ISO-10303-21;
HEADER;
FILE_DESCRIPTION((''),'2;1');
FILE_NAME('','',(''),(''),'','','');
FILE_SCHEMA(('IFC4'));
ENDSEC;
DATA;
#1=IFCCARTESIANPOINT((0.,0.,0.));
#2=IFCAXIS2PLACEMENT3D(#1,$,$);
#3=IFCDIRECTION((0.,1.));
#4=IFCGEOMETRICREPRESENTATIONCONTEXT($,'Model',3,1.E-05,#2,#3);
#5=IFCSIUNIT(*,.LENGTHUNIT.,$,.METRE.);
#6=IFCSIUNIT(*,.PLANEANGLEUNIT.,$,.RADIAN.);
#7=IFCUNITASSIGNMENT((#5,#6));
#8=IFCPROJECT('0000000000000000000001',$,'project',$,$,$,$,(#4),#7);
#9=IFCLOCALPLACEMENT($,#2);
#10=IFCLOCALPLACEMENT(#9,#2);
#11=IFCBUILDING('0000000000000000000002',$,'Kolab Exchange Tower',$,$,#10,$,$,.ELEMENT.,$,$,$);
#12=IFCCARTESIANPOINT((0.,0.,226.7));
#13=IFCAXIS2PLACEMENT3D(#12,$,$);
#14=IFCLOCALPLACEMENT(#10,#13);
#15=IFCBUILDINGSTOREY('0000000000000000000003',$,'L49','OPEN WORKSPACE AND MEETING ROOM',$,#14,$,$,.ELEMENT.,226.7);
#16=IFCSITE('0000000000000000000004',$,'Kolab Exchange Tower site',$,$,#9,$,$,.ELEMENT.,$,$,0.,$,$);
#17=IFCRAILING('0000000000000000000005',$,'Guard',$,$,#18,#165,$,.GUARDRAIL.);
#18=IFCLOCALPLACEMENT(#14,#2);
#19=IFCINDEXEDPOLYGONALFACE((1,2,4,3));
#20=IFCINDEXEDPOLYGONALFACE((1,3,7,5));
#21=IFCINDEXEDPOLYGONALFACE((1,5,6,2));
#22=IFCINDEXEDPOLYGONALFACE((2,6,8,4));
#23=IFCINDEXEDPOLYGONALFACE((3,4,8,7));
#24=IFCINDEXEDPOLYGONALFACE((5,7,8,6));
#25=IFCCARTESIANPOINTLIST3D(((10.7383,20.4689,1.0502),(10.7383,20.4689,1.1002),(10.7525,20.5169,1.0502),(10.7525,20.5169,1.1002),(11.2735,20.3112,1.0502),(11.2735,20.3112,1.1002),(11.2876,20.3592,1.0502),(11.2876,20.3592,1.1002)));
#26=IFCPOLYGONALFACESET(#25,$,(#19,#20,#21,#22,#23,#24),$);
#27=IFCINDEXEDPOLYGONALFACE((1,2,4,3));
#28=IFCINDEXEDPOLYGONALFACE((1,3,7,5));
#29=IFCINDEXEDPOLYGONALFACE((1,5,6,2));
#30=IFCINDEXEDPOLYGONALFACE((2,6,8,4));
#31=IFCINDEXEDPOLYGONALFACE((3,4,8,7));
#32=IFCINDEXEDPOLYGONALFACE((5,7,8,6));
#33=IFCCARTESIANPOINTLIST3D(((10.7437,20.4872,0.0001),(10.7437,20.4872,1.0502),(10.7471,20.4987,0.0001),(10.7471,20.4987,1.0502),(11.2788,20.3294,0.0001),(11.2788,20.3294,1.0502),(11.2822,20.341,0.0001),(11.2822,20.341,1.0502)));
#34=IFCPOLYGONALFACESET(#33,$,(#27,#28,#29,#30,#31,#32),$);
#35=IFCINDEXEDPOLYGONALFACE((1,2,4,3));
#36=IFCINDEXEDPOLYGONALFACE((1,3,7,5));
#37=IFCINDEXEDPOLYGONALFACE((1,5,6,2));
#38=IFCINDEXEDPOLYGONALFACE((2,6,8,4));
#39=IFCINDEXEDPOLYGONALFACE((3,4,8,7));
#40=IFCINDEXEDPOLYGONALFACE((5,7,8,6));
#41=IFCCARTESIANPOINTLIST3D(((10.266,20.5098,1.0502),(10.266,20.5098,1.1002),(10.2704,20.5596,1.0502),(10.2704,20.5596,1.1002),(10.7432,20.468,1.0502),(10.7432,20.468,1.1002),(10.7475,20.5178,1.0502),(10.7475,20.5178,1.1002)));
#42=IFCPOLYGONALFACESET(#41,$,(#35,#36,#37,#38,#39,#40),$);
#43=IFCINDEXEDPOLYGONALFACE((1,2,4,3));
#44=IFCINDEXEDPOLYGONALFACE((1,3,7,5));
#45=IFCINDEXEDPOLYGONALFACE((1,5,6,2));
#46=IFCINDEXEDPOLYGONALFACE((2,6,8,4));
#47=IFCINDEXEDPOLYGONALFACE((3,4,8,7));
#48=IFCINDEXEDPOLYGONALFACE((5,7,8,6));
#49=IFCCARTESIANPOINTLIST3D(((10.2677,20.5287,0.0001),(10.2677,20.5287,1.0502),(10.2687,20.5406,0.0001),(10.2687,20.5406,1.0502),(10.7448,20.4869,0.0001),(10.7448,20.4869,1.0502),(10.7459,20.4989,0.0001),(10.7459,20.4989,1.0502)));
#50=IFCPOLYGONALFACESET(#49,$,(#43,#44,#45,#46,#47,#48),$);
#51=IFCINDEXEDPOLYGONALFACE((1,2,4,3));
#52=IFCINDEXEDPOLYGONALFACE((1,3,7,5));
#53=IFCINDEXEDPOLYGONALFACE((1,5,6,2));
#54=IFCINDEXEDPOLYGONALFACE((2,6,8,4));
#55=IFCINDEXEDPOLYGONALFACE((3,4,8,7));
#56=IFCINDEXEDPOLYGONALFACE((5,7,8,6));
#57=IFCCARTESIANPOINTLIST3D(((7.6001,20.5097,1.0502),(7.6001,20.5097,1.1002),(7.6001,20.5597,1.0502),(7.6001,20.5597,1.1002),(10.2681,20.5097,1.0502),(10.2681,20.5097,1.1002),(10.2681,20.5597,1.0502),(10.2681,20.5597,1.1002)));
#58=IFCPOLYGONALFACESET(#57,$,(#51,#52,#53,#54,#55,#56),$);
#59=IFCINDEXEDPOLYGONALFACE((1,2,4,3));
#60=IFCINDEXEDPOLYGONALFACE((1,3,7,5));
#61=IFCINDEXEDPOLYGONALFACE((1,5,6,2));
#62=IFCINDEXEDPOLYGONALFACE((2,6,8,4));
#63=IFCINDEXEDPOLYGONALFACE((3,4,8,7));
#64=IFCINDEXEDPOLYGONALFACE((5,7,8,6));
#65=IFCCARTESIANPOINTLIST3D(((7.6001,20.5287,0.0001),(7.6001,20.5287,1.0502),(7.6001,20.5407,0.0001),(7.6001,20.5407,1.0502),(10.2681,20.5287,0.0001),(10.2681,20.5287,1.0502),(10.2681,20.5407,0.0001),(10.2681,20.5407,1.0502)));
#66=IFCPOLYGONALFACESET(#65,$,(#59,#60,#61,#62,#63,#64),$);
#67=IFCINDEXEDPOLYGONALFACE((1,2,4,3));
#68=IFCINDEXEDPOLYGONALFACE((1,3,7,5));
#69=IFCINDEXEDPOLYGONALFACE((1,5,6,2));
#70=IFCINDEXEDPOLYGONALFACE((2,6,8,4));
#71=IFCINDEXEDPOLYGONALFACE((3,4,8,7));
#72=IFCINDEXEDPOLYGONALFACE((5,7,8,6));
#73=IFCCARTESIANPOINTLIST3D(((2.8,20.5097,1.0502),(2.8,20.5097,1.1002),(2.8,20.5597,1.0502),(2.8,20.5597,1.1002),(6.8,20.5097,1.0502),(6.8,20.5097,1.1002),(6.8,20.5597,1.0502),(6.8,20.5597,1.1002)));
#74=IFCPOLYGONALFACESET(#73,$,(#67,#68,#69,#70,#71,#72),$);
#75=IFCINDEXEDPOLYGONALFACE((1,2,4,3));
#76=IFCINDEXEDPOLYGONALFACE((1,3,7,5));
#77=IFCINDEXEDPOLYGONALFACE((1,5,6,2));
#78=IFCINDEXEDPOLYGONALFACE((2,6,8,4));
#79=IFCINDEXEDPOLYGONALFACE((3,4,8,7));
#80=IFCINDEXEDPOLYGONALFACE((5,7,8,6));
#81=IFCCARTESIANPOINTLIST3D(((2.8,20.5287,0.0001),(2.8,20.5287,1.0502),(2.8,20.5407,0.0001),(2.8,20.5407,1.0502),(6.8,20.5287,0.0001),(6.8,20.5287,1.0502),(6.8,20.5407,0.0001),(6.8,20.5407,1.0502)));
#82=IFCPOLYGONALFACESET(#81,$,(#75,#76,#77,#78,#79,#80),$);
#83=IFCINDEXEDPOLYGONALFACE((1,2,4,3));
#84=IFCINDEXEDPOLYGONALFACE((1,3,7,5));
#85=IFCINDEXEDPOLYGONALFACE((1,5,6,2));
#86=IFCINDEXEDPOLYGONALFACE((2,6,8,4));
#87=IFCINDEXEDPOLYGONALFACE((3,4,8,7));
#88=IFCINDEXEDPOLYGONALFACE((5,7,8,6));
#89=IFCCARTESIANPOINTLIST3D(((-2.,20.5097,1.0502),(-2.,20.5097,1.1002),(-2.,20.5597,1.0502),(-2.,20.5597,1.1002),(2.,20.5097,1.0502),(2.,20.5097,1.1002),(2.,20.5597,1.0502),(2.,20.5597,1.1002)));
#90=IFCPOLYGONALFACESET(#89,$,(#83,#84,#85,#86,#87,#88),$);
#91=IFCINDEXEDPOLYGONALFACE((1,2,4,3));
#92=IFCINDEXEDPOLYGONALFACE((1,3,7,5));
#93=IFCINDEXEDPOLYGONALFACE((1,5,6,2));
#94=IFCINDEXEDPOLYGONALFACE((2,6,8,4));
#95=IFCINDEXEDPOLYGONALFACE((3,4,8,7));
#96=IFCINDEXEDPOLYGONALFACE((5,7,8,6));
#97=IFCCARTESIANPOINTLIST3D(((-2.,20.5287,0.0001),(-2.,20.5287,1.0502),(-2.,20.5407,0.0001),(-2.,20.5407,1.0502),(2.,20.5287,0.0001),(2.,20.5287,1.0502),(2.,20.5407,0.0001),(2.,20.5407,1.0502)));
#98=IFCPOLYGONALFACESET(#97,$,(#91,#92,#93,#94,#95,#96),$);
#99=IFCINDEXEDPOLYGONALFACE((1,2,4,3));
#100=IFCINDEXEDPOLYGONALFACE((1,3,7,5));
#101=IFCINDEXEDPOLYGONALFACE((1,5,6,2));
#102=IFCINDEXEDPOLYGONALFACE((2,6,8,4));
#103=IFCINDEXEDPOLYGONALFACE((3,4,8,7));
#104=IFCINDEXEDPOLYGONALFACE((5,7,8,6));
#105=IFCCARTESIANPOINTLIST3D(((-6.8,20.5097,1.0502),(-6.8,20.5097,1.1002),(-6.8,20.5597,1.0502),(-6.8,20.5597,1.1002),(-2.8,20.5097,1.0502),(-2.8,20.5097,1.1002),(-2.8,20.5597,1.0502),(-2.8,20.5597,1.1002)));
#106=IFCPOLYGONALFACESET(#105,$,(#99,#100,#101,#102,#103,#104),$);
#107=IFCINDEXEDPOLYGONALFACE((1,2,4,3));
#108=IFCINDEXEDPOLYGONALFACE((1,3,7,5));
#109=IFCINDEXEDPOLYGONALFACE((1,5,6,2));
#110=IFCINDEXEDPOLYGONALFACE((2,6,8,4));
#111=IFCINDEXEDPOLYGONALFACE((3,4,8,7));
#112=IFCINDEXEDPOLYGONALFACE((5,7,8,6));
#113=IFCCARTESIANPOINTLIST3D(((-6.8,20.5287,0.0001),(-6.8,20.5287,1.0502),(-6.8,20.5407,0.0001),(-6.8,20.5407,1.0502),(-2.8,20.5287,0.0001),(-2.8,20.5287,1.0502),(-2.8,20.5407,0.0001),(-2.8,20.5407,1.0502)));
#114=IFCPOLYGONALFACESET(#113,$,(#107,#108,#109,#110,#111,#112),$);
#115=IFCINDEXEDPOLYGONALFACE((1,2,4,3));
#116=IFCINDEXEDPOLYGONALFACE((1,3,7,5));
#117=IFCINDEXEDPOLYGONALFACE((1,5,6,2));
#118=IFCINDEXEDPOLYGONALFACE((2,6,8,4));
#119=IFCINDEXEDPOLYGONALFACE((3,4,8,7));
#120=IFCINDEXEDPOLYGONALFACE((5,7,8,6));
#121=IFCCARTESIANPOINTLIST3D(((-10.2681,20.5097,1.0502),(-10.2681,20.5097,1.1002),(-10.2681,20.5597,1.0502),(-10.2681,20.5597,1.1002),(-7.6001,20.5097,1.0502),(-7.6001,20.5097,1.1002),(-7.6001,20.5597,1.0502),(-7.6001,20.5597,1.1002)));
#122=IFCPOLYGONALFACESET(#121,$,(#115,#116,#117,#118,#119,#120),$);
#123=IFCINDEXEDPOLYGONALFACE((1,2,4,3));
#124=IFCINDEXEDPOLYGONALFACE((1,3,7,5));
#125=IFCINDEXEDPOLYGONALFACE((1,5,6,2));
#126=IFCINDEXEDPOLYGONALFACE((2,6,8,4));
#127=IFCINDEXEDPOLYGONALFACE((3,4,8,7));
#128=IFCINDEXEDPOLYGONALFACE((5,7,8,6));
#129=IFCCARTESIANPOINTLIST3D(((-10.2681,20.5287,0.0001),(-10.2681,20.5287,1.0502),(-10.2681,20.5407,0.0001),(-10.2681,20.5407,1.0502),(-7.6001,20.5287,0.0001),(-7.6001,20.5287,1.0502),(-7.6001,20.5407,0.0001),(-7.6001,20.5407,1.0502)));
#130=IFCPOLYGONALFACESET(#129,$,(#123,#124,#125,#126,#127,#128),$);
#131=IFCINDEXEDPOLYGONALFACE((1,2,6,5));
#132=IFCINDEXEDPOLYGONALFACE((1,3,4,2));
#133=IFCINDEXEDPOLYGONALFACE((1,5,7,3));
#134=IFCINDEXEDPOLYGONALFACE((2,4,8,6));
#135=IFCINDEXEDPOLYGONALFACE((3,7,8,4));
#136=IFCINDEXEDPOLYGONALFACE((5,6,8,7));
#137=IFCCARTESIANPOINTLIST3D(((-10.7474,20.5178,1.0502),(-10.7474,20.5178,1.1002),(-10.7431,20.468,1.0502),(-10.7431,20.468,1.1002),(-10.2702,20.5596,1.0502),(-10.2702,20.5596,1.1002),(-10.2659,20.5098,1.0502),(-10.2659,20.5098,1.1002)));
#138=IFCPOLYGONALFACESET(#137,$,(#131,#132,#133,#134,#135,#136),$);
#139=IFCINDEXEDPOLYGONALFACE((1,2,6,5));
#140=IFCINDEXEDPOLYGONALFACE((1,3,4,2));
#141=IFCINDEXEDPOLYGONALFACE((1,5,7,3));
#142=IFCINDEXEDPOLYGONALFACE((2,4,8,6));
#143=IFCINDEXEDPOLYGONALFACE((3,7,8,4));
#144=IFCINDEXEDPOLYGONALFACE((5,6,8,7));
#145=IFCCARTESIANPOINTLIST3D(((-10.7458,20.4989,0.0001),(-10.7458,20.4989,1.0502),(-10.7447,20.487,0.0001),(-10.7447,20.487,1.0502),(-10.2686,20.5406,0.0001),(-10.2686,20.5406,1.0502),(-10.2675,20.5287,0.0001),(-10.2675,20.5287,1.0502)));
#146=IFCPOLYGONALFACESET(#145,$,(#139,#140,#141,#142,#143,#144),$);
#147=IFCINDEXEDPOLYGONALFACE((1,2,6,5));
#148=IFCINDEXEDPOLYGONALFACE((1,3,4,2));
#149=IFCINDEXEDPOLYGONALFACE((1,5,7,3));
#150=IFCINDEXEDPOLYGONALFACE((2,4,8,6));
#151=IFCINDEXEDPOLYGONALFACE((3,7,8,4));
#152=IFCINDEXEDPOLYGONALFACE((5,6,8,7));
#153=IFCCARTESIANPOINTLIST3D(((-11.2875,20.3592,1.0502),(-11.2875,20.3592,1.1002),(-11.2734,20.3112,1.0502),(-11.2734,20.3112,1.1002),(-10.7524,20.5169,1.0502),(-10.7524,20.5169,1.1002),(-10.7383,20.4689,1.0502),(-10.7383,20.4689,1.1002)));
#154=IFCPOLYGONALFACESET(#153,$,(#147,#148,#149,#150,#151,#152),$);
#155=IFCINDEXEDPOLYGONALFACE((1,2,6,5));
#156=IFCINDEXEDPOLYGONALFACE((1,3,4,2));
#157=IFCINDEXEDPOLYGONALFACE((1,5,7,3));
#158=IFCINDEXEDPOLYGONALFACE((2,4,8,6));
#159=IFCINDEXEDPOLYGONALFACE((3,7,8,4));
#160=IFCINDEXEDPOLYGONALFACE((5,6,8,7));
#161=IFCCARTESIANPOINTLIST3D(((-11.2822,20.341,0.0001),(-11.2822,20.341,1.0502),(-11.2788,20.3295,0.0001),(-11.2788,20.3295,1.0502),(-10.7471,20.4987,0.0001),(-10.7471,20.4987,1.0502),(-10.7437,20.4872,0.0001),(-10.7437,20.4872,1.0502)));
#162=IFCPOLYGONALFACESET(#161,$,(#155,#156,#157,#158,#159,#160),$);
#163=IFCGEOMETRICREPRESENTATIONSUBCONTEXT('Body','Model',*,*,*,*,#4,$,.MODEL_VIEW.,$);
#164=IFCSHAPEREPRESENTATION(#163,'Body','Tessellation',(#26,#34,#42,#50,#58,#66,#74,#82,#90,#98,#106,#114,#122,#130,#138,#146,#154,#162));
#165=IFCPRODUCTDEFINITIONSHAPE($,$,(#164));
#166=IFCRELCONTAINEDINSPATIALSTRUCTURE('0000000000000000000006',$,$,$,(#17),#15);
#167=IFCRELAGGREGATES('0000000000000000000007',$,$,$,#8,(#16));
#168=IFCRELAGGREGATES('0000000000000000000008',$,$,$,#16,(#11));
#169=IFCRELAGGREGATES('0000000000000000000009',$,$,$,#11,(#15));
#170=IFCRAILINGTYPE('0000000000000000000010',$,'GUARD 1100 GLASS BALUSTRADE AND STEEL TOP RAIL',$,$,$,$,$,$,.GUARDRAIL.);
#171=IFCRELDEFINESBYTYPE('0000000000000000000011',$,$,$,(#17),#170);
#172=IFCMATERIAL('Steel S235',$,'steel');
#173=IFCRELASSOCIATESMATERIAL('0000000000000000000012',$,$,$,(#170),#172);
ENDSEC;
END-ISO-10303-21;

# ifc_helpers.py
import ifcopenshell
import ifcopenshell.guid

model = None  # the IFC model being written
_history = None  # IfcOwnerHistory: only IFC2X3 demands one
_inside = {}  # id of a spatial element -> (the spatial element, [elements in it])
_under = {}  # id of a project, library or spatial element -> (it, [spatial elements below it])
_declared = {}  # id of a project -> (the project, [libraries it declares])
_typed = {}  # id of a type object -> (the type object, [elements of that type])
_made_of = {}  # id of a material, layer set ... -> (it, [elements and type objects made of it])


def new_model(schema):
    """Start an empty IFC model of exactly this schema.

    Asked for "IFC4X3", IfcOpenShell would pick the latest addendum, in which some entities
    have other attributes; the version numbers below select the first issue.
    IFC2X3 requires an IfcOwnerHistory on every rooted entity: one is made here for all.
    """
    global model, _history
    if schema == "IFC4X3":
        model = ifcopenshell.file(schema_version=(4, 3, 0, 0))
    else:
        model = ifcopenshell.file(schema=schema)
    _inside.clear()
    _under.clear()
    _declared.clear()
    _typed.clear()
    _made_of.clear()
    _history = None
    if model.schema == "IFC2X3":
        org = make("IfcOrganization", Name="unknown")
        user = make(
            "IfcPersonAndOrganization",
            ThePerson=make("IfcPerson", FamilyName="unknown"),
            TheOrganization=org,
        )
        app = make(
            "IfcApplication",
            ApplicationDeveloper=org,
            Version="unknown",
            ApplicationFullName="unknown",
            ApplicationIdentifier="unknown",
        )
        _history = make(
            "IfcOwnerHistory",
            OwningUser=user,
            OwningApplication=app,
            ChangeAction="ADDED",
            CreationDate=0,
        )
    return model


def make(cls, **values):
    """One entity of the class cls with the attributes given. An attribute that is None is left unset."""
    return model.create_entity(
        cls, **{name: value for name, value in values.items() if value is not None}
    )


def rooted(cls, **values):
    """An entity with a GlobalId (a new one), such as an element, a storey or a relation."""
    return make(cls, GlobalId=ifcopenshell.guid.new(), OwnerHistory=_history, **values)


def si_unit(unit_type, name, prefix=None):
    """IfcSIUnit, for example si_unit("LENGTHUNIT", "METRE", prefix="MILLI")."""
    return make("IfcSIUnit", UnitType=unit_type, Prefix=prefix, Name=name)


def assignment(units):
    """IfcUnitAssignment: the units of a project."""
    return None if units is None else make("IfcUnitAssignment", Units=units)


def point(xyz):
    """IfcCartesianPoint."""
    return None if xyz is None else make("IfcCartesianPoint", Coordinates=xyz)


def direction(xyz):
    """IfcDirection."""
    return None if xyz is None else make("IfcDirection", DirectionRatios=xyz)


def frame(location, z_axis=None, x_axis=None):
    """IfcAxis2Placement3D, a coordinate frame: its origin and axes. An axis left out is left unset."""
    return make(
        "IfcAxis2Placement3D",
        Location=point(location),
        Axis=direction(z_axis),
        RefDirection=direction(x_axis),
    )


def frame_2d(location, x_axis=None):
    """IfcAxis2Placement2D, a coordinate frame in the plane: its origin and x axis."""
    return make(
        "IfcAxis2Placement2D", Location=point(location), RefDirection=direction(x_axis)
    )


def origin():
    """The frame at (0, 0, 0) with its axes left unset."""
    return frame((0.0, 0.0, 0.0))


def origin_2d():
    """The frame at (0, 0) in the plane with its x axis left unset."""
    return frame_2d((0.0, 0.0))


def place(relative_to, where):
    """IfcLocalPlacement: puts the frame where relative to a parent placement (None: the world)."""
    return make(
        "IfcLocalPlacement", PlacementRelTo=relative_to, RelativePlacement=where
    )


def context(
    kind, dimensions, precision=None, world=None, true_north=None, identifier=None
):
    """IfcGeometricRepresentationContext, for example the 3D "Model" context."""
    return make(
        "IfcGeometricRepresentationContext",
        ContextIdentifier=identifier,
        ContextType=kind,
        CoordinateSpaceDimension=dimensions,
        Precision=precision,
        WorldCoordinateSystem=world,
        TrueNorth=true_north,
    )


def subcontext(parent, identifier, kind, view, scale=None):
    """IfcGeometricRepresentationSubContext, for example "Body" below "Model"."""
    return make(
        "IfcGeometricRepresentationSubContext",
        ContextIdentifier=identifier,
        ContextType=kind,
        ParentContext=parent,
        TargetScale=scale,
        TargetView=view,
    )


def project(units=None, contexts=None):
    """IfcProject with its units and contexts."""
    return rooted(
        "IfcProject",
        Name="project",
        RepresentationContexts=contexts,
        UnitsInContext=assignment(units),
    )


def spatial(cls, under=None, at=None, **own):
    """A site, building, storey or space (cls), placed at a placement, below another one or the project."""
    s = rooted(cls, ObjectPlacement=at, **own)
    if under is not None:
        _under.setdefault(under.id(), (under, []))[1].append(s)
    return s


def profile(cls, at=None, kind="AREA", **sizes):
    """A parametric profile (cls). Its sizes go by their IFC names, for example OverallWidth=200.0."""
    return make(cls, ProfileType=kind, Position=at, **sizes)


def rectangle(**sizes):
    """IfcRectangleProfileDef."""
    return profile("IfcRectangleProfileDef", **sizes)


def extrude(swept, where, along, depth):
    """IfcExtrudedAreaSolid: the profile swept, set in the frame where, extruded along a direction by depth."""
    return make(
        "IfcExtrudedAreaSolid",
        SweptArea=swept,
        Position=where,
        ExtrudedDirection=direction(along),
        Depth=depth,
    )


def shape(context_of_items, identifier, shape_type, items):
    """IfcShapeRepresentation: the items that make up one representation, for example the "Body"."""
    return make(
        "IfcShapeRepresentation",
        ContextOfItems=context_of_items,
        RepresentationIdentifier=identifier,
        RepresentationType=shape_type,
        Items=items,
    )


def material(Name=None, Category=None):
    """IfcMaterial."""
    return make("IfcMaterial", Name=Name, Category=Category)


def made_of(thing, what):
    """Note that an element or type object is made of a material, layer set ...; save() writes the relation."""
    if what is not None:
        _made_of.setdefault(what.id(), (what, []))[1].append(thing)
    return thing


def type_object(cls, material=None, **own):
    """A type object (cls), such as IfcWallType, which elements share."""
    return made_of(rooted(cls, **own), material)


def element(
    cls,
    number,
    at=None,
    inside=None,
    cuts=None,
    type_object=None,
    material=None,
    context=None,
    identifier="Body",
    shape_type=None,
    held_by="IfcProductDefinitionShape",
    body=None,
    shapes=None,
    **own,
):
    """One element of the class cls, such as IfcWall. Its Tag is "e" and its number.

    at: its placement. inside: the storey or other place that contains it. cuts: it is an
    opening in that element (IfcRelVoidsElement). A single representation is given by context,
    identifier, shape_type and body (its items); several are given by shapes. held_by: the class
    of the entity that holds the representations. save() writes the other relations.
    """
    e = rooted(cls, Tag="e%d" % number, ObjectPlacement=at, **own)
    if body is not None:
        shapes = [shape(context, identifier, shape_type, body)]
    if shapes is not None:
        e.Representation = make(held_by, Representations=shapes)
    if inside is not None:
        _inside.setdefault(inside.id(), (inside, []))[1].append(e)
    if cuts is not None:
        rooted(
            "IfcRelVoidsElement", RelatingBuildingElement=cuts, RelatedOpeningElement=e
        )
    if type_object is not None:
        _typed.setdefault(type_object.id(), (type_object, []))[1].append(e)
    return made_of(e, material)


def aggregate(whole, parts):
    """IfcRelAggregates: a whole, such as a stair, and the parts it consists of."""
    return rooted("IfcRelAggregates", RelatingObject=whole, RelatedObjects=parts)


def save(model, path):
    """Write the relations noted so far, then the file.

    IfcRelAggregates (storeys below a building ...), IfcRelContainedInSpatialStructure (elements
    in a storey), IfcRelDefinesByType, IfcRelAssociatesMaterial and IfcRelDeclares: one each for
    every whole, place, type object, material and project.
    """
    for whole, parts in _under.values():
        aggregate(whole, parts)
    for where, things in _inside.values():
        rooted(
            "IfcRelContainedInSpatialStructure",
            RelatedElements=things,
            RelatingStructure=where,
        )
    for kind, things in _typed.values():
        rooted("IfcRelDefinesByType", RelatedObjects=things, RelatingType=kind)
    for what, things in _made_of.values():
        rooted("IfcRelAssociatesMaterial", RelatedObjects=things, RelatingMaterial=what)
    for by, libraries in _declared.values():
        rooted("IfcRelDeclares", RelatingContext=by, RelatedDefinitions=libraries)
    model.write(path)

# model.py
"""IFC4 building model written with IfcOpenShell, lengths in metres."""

from ifc_helpers import new_model, si_unit, direction, frame, frame_2d, origin, origin_2d, place, context, subcontext, project, spatial, rectangle, extrude, material, type_object, element, save


model = new_model("IFC4")

# Units and contexts
model_context = context("Model", 3, precision=1e-05, world=origin(), true_north=direction((0.0, 1.0)))
body_context = subcontext(model_context, "Body", "Model", "MODEL_VIEW")
ifc_project = project(units=[si_unit("LENGTHUNIT", "METRE"), si_unit("PLANEANGLEUNIT", "RADIAN")], contexts=[model_context])

# Site, building, storey
site_placement = place(None, origin())
site = spatial("IfcSite", under=ifc_project, at=site_placement, Name="Kolab Exchange Tower site", CompositionType="ELEMENT", RefElevation=0.0)
building_placement = place(site_placement, origin())
building = spatial("IfcBuilding", under=site, at=building_placement, Name="Kolab Exchange Tower", CompositionType="ELEMENT")
storey_placement = place(building_placement, frame((0.0, 0.0, 226.7)))
storey = spatial("IfcBuildingStorey", under=building, at=storey_placement, Name="L49", Description="OPEN WORKSPACE AND MEETING ROOM", CompositionType="ELEMENT", Elevation=226.7)

# Railing
ifc_material_1 = material(Name="Steel S235", Category="steel")
railing_type = type_object("IfcRailingType", Name="GUARD 1100 GLASS BALUSTRADE AND STEEL TOP RAIL", PredefinedType="GUARDRAIL", material=ifc_material_1)
railing_placement = place(storey_placement, frame((11.2805, 20.3352, 0.0)))
element("IfcRailing", 1, at=railing_placement, inside=storey, type_object=railing_type, Name="Guard", PredefinedType="GUARDRAIL", context=body_context, shape_type="SweptSolid", body=[
    extrude(rectangle(XDim=0.05, YDim=0.05, at=origin_2d()), frame((0.0, 0.0, 1.0752), z_axis=(-0.959212, 0.282687, 0.0), x_axis=(-0.282687, -0.959212, 0.0)), (0.0, 0.0, 1.0), 0.5579),
    extrude(rectangle(XDim=0.012, YDim=1.0501, at=frame_2d((0.0, 0.5251))), frame((0.0, 0.0, 0.0), z_axis=(-0.959212, 0.282687, 0.0), x_axis=(-0.282687, -0.959212, 0.0)), (0.0, 0.0, 1.0), 0.5579),
    extrude(rectangle(XDim=0.05, YDim=0.05, at=origin_2d()), frame((-0.5352, 0.1577, 1.0752), z_axis=(-0.996196, 0.087135, 0.0), x_axis=(-0.087135, -0.996196, 0.0)), (0.0, 0.0, 1.0), 0.479),
    extrude(rectangle(XDim=0.012, YDim=1.0501, at=frame_2d((0.0, 0.5251))), frame((-0.5352, 0.1577, 0.0), z_axis=(-0.996196, 0.087135, 0.0), x_axis=(-0.087135, -0.996196, 0.0)), (0.0, 0.0, 1.0), 0.479),
    extrude(rectangle(XDim=0.05, YDim=0.05, at=origin_2d()), frame((-1.0125, 0.1995, 1.0752), z_axis=(-1.0, 0.0, 0.0), x_axis=(0.0, -1.0, 0.0)), (0.0, 0.0, 1.0), 2.668),
    extrude(rectangle(XDim=0.012, YDim=1.0501, at=frame_2d((0.0, 0.5251))), frame((-1.0125, 0.1995, 0.0), z_axis=(-1.0, 0.0, 0.0), x_axis=(0.0, -1.0, 0.0)), (0.0, 0.0, 1.0), 2.668),
    extrude(rectangle(XDim=0.05, YDim=0.05, at=origin_2d()), frame((-4.4805, 0.1995, 1.0752), z_axis=(-1.0, 0.0, 0.0), x_axis=(0.0, -1.0, 0.0)), (0.0, 0.0, 1.0), 4.0),
    extrude(rectangle(XDim=0.012, YDim=1.0501, at=frame_2d((0.0, 0.5251))), frame((-4.4805, 0.1995, 0.0), z_axis=(-1.0, 0.0, 0.0), x_axis=(0.0, -1.0, 0.0)), (0.0, 0.0, 1.0), 4.0),
    extrude(rectangle(XDim=0.05, YDim=0.05, at=origin_2d()), frame((-9.2805, 0.1995, 1.0752), z_axis=(-1.0, 0.0, 0.0), x_axis=(0.0, -1.0, 0.0)), (0.0, 0.0, 1.0), 4.0),
    extrude(rectangle(XDim=0.012, YDim=1.0501, at=frame_2d((0.0, 0.5251))), frame((-9.2805, 0.1995, 0.0), z_axis=(-1.0, 0.0, 0.0), x_axis=(0.0, -1.0, 0.0)), (0.0, 0.0, 1.0), 4.0),
    extrude(rectangle(XDim=0.05, YDim=0.05, at=origin_2d()), frame((-14.0806, 0.1995, 1.0752), z_axis=(-1.0, 0.0, 0.0), x_axis=(0.0, -1.0, 0.0)), (0.0, 0.0, 1.0), 4.0),
    extrude(rectangle(XDim=0.012, YDim=1.0501, at=frame_2d((0.0, 0.5251))), frame((-14.0806, 0.1995, 0.0), z_axis=(-1.0, 0.0, 0.0), x_axis=(0.0, -1.0, 0.0)), (0.0, 0.0, 1.0), 4.0),
    extrude(rectangle(XDim=0.05, YDim=0.05, at=origin_2d()), frame((-18.8806, 0.1995, 1.0752), z_axis=(-1.0, 0.0, 0.0), x_axis=(0.0, -1.0, 0.0)), (0.0, 0.0, 1.0), 2.668),
    extrude(rectangle(XDim=0.012, YDim=1.0501, at=frame_2d((0.0, 0.5251))), frame((-18.8806, 0.1995, 0.0), z_axis=(-1.0, 0.0, 0.0), x_axis=(0.0, -1.0, 0.0)), (0.0, 0.0, 1.0), 2.668),
    extrude(rectangle(XDim=0.05, YDim=0.05, at=origin_2d()), frame((-21.5486, 0.1995, 1.0752), z_axis=(-0.996196, -0.087135, 0.0), x_axis=(0.087135, -0.996196, 0.0)), (0.0, 0.0, 1.0), 0.479),
    extrude(rectangle(XDim=0.012, YDim=1.0501, at=frame_2d((0.0, 0.5251))), frame((-21.5486, 0.1995, 0.0), z_axis=(-0.996196, -0.087135, 0.0), x_axis=(0.087135, -0.996196, 0.0)), (0.0, 0.0, 1.0), 0.479),
    extrude(rectangle(XDim=0.05, YDim=0.05, at=origin_2d()), frame((-22.0259, 0.1577, 1.0752), z_axis=(-0.959212, -0.282687, 0.0), x_axis=(0.282687, -0.959212, 0.0)), (0.0, 0.0, 1.0), 0.5579),
    extrude(rectangle(XDim=0.012, YDim=1.0501, at=frame_2d((0.0, 0.5251))), frame((-22.0259, 0.1577, 0.0), z_axis=(-0.959212, -0.282687, 0.0), x_axis=(0.282687, -0.959212, 0.0)), (0.0, 0.0, 1.0), 0.5579),
])

save(model, "model.ifc")
